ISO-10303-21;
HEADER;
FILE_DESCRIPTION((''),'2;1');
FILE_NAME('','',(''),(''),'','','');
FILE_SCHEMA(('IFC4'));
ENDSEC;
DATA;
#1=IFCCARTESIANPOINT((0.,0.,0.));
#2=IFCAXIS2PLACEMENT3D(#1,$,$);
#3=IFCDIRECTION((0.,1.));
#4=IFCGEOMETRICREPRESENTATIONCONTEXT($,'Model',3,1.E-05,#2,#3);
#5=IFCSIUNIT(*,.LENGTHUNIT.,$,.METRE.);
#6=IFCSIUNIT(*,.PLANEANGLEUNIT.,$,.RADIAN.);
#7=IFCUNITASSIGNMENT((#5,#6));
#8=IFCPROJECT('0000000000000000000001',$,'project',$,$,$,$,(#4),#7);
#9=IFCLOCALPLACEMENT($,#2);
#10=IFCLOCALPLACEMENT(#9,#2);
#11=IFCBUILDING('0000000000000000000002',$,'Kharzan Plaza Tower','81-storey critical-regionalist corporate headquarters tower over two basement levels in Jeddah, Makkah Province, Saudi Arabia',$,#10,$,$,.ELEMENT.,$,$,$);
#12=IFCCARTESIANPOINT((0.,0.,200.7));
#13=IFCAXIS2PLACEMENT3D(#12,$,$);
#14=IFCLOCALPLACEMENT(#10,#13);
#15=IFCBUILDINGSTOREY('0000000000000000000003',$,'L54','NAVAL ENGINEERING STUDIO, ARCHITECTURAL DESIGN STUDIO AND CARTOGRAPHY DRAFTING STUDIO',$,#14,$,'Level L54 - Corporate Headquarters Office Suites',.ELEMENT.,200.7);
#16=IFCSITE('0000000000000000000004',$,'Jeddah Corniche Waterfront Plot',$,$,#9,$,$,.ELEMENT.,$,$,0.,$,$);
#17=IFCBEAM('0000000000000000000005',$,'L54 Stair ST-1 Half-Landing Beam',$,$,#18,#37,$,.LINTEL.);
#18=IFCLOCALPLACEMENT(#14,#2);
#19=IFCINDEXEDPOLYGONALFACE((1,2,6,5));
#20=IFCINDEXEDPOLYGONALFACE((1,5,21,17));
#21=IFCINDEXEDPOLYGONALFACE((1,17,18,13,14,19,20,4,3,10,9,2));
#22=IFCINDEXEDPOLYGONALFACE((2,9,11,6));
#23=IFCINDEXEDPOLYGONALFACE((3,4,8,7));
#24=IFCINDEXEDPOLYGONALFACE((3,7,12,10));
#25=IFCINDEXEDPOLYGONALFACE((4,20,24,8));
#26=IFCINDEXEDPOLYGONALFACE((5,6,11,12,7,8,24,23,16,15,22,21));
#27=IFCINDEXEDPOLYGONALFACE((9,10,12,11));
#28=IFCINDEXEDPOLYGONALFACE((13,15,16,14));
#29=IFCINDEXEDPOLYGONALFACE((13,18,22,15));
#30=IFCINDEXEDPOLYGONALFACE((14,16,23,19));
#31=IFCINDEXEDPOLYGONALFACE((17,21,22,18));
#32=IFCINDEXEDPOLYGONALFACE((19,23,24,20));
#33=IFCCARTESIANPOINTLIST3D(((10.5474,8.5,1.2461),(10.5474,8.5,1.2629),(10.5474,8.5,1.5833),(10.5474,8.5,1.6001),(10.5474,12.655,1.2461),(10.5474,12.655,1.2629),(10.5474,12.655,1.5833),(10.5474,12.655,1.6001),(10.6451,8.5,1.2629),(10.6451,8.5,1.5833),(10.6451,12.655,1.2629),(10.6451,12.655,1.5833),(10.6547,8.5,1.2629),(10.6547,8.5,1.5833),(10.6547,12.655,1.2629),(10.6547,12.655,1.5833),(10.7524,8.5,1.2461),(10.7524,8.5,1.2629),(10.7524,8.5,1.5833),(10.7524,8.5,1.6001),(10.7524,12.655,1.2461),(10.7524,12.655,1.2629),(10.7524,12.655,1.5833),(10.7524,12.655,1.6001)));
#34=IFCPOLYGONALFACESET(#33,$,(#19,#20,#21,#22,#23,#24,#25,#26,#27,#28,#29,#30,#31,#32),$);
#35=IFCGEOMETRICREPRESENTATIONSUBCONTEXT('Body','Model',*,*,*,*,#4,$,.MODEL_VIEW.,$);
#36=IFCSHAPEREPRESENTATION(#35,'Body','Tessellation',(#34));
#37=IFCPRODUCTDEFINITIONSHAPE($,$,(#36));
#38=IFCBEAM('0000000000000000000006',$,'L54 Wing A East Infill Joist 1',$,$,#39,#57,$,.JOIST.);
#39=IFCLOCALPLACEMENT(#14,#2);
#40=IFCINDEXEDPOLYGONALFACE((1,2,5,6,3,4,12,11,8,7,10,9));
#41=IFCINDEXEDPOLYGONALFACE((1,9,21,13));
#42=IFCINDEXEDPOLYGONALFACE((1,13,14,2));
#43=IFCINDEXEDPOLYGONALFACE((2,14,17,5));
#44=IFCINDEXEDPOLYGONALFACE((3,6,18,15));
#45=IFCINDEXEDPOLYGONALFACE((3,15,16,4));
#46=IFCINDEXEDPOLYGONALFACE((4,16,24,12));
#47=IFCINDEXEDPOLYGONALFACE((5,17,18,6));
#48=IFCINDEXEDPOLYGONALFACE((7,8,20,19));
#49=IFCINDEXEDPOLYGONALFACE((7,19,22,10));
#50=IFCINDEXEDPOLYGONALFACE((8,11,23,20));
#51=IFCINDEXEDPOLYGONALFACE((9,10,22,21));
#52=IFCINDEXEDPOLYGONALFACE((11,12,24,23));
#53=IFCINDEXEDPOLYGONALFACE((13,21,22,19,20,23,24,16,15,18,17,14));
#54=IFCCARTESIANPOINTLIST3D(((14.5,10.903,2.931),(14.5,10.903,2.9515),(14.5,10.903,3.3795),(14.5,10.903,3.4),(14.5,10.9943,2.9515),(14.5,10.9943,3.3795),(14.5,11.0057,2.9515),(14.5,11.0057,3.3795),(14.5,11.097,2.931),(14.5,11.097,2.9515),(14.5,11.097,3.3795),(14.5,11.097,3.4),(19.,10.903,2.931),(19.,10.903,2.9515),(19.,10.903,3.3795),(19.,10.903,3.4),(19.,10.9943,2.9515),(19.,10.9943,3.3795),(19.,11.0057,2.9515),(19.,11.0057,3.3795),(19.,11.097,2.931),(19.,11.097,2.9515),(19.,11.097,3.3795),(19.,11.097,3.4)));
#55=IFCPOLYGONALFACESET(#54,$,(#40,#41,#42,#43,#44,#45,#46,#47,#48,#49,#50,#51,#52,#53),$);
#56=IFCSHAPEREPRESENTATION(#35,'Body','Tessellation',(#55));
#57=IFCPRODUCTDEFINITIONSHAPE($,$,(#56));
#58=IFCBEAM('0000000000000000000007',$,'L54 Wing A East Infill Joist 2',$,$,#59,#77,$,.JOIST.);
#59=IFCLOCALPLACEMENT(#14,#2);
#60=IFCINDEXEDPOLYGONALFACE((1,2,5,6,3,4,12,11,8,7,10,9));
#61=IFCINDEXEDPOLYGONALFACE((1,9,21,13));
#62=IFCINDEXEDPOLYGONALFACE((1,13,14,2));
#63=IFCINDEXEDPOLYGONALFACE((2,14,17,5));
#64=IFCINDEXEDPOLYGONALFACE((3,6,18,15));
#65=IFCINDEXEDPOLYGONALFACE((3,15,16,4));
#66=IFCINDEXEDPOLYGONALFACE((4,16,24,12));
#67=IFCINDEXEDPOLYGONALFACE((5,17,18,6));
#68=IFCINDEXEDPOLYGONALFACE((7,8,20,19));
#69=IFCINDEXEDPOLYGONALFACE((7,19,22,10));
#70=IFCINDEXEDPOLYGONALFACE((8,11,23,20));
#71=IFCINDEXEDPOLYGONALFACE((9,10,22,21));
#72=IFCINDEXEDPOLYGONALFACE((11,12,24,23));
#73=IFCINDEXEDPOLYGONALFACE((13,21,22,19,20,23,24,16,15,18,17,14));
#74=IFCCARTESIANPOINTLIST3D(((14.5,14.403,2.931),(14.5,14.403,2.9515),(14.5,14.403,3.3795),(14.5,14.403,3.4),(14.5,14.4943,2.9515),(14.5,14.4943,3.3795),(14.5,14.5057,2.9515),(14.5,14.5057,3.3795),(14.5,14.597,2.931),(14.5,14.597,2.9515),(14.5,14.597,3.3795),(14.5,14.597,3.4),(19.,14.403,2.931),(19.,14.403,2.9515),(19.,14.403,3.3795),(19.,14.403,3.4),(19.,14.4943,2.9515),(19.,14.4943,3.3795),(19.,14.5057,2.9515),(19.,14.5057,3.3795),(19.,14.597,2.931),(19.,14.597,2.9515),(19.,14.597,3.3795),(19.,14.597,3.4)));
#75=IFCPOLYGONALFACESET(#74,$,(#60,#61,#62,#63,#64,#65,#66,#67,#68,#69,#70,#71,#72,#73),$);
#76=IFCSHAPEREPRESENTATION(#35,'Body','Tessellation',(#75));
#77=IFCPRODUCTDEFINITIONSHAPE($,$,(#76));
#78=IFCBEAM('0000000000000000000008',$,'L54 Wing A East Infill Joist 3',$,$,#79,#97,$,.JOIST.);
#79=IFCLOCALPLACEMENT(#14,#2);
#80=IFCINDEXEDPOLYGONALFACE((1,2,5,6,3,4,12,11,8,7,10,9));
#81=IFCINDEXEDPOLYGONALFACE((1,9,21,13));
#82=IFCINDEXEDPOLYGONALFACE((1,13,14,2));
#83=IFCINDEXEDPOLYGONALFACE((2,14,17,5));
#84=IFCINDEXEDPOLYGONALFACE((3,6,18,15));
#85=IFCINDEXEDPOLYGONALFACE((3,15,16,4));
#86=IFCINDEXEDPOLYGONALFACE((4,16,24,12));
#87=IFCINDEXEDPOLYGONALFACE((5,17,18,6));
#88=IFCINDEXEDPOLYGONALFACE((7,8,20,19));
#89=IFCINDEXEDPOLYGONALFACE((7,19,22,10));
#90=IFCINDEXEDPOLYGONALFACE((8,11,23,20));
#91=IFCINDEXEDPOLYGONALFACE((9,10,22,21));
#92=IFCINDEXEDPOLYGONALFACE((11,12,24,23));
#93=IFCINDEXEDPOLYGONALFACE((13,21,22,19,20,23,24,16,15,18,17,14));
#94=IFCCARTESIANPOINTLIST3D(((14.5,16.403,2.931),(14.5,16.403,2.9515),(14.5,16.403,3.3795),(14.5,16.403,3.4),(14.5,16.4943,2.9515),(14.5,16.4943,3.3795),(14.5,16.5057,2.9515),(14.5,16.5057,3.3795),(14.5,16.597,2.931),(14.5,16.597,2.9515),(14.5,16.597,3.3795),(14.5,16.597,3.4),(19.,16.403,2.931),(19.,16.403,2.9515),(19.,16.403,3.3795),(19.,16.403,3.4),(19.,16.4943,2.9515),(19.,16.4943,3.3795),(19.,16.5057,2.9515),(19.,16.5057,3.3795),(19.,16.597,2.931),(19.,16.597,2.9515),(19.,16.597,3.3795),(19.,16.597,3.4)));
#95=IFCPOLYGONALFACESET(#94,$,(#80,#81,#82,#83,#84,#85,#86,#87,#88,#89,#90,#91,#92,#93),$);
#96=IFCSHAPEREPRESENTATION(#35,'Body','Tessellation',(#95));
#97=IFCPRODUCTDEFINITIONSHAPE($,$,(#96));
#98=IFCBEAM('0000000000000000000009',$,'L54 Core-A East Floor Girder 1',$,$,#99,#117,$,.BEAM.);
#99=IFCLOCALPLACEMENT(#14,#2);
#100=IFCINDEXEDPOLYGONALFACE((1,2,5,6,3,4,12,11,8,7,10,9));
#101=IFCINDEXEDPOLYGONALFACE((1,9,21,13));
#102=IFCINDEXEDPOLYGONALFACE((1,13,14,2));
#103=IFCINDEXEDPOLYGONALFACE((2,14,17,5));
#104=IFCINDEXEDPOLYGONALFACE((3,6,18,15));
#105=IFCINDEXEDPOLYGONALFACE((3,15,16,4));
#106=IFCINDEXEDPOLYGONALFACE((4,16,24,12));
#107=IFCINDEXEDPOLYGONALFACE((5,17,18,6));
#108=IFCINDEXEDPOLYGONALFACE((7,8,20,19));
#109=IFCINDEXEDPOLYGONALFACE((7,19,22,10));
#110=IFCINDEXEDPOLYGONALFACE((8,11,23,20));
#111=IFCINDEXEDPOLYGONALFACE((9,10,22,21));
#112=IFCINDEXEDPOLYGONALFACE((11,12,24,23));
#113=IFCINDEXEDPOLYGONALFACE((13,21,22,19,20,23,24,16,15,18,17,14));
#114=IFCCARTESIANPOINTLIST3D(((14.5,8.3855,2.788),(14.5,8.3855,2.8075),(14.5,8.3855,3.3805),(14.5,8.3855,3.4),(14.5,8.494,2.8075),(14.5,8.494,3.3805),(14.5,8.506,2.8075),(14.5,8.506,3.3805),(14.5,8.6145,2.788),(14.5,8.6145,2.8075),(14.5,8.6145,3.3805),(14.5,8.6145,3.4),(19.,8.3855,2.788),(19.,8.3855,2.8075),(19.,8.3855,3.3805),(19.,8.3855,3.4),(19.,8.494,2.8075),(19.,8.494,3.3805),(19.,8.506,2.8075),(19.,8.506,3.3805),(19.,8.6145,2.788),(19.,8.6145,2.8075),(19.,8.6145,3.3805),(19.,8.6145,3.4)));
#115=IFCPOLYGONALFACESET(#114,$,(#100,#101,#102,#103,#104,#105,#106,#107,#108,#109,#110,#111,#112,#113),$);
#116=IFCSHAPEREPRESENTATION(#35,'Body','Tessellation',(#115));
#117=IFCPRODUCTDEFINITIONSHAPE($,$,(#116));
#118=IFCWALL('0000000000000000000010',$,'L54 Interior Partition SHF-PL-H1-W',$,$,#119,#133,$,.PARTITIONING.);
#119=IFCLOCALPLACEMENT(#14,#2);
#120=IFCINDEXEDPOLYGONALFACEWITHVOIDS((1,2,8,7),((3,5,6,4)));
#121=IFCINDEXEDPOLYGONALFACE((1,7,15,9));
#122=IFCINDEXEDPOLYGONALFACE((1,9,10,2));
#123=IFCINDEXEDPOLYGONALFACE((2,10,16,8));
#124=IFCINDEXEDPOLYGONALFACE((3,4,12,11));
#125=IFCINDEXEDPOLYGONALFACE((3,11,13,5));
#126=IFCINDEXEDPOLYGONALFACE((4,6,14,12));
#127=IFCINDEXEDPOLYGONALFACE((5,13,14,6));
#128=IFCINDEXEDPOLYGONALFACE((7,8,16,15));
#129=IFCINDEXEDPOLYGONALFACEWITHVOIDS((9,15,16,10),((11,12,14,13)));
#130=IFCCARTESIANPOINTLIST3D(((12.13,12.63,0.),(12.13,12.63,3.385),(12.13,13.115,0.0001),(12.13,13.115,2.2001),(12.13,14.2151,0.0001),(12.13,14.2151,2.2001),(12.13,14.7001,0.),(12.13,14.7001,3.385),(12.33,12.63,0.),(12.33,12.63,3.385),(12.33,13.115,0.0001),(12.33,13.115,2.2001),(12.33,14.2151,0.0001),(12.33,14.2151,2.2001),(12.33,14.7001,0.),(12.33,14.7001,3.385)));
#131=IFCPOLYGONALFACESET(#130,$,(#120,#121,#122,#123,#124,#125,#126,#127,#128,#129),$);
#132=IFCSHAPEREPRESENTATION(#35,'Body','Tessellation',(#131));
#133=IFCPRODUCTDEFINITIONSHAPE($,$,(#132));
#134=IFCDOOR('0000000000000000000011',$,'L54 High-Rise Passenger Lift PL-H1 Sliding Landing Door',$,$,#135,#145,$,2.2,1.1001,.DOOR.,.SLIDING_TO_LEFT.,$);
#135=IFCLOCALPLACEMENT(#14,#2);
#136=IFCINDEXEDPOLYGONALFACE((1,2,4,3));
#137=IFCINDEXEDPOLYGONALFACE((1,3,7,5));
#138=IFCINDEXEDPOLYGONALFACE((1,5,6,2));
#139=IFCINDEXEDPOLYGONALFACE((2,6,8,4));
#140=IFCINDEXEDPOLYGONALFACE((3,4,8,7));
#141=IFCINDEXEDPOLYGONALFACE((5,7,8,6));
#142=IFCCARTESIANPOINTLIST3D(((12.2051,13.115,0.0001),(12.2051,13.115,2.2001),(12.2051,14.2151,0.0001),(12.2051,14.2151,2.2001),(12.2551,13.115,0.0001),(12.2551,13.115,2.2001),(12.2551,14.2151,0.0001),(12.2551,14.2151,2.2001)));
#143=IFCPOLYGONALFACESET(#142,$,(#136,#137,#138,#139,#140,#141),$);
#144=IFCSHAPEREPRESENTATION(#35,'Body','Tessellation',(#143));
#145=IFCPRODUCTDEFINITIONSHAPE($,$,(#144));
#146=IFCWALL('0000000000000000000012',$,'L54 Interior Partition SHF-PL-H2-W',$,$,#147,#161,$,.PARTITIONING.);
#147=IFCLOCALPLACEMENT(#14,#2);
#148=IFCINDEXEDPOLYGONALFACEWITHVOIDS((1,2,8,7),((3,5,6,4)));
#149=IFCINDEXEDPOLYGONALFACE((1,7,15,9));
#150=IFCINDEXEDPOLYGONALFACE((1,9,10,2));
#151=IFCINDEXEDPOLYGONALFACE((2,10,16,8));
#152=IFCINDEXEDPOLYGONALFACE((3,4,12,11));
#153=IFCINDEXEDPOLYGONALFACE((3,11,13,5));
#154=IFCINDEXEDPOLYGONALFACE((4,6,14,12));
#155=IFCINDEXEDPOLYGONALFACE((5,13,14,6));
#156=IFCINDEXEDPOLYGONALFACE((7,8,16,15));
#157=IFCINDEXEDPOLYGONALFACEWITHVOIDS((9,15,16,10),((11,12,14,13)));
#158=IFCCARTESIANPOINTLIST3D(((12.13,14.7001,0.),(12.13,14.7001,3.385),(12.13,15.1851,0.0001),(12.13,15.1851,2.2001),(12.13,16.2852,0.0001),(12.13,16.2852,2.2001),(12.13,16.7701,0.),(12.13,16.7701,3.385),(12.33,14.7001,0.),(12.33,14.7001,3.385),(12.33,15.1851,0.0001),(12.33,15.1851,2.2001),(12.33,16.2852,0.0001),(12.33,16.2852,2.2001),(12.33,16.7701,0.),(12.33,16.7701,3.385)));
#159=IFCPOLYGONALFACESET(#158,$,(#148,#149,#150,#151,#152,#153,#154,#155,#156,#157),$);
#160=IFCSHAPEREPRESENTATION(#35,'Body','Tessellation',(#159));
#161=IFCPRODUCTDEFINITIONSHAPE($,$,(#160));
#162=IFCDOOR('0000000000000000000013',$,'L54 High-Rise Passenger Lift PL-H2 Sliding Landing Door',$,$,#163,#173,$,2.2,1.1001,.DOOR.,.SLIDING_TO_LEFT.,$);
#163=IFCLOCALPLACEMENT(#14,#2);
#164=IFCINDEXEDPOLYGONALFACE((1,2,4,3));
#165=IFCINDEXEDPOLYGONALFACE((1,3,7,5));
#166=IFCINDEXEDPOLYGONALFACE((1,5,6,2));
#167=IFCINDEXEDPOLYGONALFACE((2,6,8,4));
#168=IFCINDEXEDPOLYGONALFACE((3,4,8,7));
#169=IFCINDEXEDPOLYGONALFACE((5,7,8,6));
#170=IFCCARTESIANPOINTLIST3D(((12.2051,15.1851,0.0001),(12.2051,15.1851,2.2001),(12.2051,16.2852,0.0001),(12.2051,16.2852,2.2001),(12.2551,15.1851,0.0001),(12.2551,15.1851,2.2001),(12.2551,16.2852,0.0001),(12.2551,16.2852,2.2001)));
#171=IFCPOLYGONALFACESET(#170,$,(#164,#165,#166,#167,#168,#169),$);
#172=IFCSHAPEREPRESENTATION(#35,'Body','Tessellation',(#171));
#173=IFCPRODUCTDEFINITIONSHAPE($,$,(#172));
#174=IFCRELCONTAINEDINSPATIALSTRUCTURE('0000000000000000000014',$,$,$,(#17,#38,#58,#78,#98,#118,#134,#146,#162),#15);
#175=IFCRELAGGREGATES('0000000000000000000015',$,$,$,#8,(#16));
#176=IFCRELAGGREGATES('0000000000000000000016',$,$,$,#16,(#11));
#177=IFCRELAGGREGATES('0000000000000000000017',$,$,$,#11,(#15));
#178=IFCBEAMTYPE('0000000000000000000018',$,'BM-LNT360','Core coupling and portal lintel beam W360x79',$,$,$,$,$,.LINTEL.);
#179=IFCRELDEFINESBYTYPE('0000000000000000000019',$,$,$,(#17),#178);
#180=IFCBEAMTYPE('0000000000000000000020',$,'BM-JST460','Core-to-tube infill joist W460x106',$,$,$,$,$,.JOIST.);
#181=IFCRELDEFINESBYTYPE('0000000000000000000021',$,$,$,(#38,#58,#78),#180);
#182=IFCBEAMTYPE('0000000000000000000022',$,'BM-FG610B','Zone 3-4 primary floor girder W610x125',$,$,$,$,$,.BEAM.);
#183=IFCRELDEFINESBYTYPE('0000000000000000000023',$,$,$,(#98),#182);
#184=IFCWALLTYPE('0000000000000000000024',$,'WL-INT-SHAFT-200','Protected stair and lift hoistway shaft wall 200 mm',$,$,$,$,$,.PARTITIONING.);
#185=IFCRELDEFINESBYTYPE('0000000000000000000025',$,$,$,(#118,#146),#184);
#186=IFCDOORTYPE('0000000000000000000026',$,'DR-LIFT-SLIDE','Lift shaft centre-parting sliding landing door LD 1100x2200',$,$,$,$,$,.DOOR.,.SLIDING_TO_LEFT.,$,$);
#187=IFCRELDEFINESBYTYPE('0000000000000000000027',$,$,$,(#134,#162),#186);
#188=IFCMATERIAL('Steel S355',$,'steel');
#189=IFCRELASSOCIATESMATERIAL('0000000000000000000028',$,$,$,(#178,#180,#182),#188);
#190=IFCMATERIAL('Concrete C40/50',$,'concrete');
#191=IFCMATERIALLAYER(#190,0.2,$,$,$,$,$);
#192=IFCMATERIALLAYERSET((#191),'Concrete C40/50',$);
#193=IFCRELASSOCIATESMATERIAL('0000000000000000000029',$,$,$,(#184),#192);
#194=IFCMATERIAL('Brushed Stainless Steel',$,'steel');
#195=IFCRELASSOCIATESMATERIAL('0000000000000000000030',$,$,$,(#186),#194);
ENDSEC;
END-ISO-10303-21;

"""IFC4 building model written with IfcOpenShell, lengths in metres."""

from ifc_helpers import new_model, si_unit, direction, frame, frame_2d, origin, origin_2d, place, context, subcontext, project, spatial, rectangle, i_section, extrude, source, transform, mapped, material, layer, layer_set, material_profile, profile_set, type_object, element, fill, save


model = new_model("IFC4")

# Units and contexts
model_context = context("Model", 3, precision=1e-05, world=origin(), true_north=direction((0.0, 1.0)))
body_context = subcontext(model_context, "Body", "Model", "MODEL_VIEW")
ifc_project = project(units=[si_unit("LENGTHUNIT", "METRE"), si_unit("PLANEANGLEUNIT", "RADIAN")], contexts=[model_context])

# Site, building, storey
site_placement = place(None, origin())
site = spatial("IfcSite", under=ifc_project, at=site_placement, Name="Jeddah Corniche Waterfront Plot", CompositionType="ELEMENT", RefElevation=0.0)
building_placement = place(site_placement, origin())
building = spatial("IfcBuilding", under=site, at=building_placement, Name="Kharzan Plaza Tower", Description="81-storey critical-regionalist corporate headquarters tower over two basement levels in Jeddah, Makkah Province, Saudi Arabia", CompositionType="ELEMENT")
storey_placement = place(building_placement, frame((0.0, 0.0, 200.7)))
storey = spatial("IfcBuildingStorey", under=building, at=storey_placement, Name="L54", Description="NAVAL ENGINEERING STUDIO, ARCHITECTURAL DESIGN STUDIO AND CARTOGRAPHY DRAFTING STUDIO", LongName="Level L54 - Corporate Headquarters Office Suites", CompositionType="ELEMENT", Elevation=200.7)

# Beams
ifc_material_1 = material(Name="Steel S355", Category="steel")
ifc_material_profile_1 = material_profile(ifc_material_1, i_section(OverallWidth=0.2051, OverallDepth=0.354, WebThickness=0.0095, FlangeThickness=0.0168, at=origin_2d()), Name="W360x79")
ifc_profile_set_1 = profile_set([ifc_material_profile_1], Name="Steel S355")
beam_type_1 = type_object("IfcBeamType", Name="BM-LNT360", Description="Core coupling and portal lintel beam W360x79", PredefinedType="LINTEL", material=ifc_profile_set_1)
shared_shape_1 = source(origin(), body_context, "Body", "SweptSolid", [
    extrude(i_section(OverallWidth=0.2051, OverallDepth=0.354, WebThickness=0.0095, FlangeThickness=0.0168, at=origin_2d()), origin(), (0.0, 0.0, 1.0), 4.155),
])
beam_1_placement = place(storey_placement, frame((10.6499, 8.5, 1.4231), z_axis=(0.0, 1.0, 0.0), x_axis=(-1.0, 0.0, 0.0)))
element("IfcBeam", 1, at=beam_1_placement, inside=storey, type_object=beam_type_1, Name="L54 Stair ST-1 Half-Landing Beam", PredefinedType="LINTEL", context=body_context, shape_type="MappedRepresentation", body=[
    mapped(shared_shape_1, transform((0.0, 0.0, 0.0), x_axis=(1.0, 0.0, 0.0), y_axis=(0.0, 1.0, 0.0), z_axis=(0.0, 0.0, 1.0))),
])
ifc_material_profile_2 = material_profile(ifc_material_1, i_section(OverallWidth=0.1941, OverallDepth=0.469, WebThickness=0.0115, FlangeThickness=0.0205, at=origin_2d()), Name="W460x106")
ifc_profile_set_2 = profile_set([ifc_material_profile_2], Name="Steel S355")
beam_type_2 = type_object("IfcBeamType", Name="BM-JST460", Description="Core-to-tube infill joist W460x106", PredefinedType="JOIST", material=ifc_profile_set_2)
shared_shape_2 = source(origin(), body_context, "Body", "SweptSolid", [
    extrude(i_section(OverallWidth=0.1941, OverallDepth=0.469, WebThickness=0.0115, FlangeThickness=0.0205, at=origin_2d()), origin(), (0.0, 0.0, 1.0), 4.5),
])
for number, where, z_axis, x_axis, name in (
    (2, (14.5, 11.0, 3.1655), (1.0, 0.0, 0.0), (0.0, 1.0, 0.0), "L54 Wing A East Infill Joist 1"),
    (3, (14.5, 14.5, 3.1655), (1.0, 0.0, 0.0), (0.0, 1.0, 0.0), "L54 Wing A East Infill Joist 2"),
    (4, (14.5, 16.5, 3.1655), (1.0, 0.0, 0.0), (0.0, 1.0, 0.0), "L54 Wing A East Infill Joist 3"),
):
    element("IfcBeam", number, at=place(storey_placement, frame(where, z_axis=z_axis, x_axis=x_axis)), inside=storey, type_object=beam_type_2, Name=name, PredefinedType="JOIST", context=body_context, shape_type="MappedRepresentation", body=[
        mapped(shared_shape_2, transform((0.0, 0.0, 0.0), x_axis=(1.0, 0.0, 0.0), y_axis=(0.0, 1.0, 0.0), z_axis=(0.0, 0.0, 1.0))),
    ])
ifc_material_profile_3 = material_profile(ifc_material_1, i_section(OverallWidth=0.229, OverallDepth=0.6121, WebThickness=0.012, FlangeThickness=0.0195, at=origin_2d()), Name="W610x125")
ifc_profile_set_3 = profile_set([ifc_material_profile_3], Name="Steel S355")
beam_type_3 = type_object("IfcBeamType", Name="BM-FG610B", Description="Zone 3-4 primary floor girder W610x125", PredefinedType="BEAM", material=ifc_profile_set_3)
shared_shape_3 = source(origin(), body_context, "Body", "SweptSolid", [
    extrude(i_section(OverallWidth=0.229, OverallDepth=0.6121, WebThickness=0.012, FlangeThickness=0.0195, at=origin_2d()), origin(), (0.0, 0.0, 1.0), 4.5),
])
beam_2_placement = place(storey_placement, frame((14.5, 8.5, 3.094), z_axis=(1.0, 0.0, 0.0), x_axis=(0.0, 1.0, 0.0)))
element("IfcBeam", 5, at=beam_2_placement, inside=storey, type_object=beam_type_3, Name="L54 Core-A East Floor Girder 1", PredefinedType="BEAM", context=body_context, shape_type="MappedRepresentation", body=[
    mapped(shared_shape_3, transform((0.0, 0.0, 0.0), x_axis=(1.0, 0.0, 0.0), y_axis=(0.0, 1.0, 0.0), z_axis=(0.0, 0.0, 1.0))),
])

# Walls, openings, doors
ifc_material_2 = material(Name="Concrete C40/50", Category="concrete")
ifc_layer_1 = layer(ifc_material_2, 0.2)
ifc_layer_set_1 = layer_set([ifc_layer_1], Name="Concrete C40/50")
wall_type_1 = type_object("IfcWallType", Name="WL-INT-SHAFT-200", Description="Protected stair and lift hoistway shaft wall 200 mm", PredefinedType="PARTITIONING", material=ifc_layer_set_1)
wall_1_placement = place(storey_placement, frame((12.23, 12.6299, 0.0), z_axis=(0.0, 0.0, 1.0), x_axis=(0.0, 1.0, 0.0)))
wall_1 = element("IfcWall", 6, at=wall_1_placement, inside=storey, type_object=wall_type_1, Name="L54 Interior Partition SHF-PL-H1-W", PredefinedType="PARTITIONING", context=body_context, shape_type="SweptSolid", body=[
    extrude(rectangle(XDim=2.0701, YDim=0.2, at=frame_2d((1.0352, 0.0))), origin(), (0.0, 0.0, 1.0), 3.385),
])
opening_1_placement = place(wall_1_placement, frame((0.4851, 0.0, 0.0)))
opening_1 = element("IfcOpeningElement", 7, at=opening_1_placement, cuts=wall_1, PredefinedType="OPENING", context=body_context, shape_type="SweptSolid", body=[
    extrude(rectangle(XDim=1.1001, YDim=2.2, at=frame_2d((0.55, 1.1001))), frame((0.0, 0.1099, 0.0), z_axis=(0.0, -1.0, 0.0), x_axis=(1.0, 0.0, 0.0)), (0.0, 0.0, 1.0), 0.22),
])
ifc_material_3 = material(Name="Brushed Stainless Steel", Category="steel")
door_type = type_object("IfcDoorType", Name="DR-LIFT-SLIDE", Description="Lift shaft centre-parting sliding landing door LD 1100x2200", OperationType="SLIDING_TO_LEFT", PredefinedType="DOOR", material=ifc_material_3)
shared_shape_4 = source(origin(), body_context, "Body", "SweptSolid", [
    extrude(rectangle(XDim=1.1001, YDim=2.2, at=frame_2d((0.55, 1.1001))), frame((0.0, 0.0249, 0.0), z_axis=(0.0, -1.0, 0.0), x_axis=(1.0, 0.0, 0.0)), (0.0, 0.0, 1.0), 0.05),
])
door_1_placement = place(opening_1_placement, origin())
door_1 = element("IfcDoor", 8, at=door_1_placement, inside=storey, type_object=door_type, Name="L54 High-Rise Passenger Lift PL-H1 Sliding Landing Door", OperationType="SLIDING_TO_LEFT", OverallHeight=2.2, OverallWidth=1.1001, PredefinedType="DOOR", context=body_context, shape_type="MappedRepresentation", body=[
    mapped(shared_shape_4, transform((0.0, 0.0, 0.0), x_axis=(1.0, 0.0, 0.0), y_axis=(0.0, 1.0, 0.0), z_axis=(0.0, 0.0, 1.0))),
])
fill(opening_1, door_1)
wall_2_placement = place(storey_placement, frame((12.23, 14.7, 0.0), z_axis=(0.0, 0.0, 1.0), x_axis=(0.0, 1.0, 0.0)))
wall_2 = element("IfcWall", 9, at=wall_2_placement, inside=storey, type_object=wall_type_1, Name="L54 Interior Partition SHF-PL-H2-W", PredefinedType="PARTITIONING", context=body_context, shape_type="SweptSolid", body=[
    extrude(rectangle(XDim=2.0701, YDim=0.2, at=frame_2d((1.0352, 0.0))), origin(), (0.0, 0.0, 1.0), 3.385),
])
opening_2_placement = place(wall_2_placement, frame((0.4851, 0.0, 0.0)))
opening_2 = element("IfcOpeningElement", 10, at=opening_2_placement, cuts=wall_2, PredefinedType="OPENING", context=body_context, shape_type="SweptSolid", body=[
    extrude(rectangle(XDim=1.1001, YDim=2.2, at=frame_2d((0.55, 1.1001))), frame((0.0, 0.1099, 0.0), z_axis=(0.0, -1.0, 0.0), x_axis=(1.0, 0.0, 0.0)), (0.0, 0.0, 1.0), 0.22),
])
door_2_placement = place(opening_2_placement, origin())
door_2 = element("IfcDoor", 11, at=door_2_placement, inside=storey, type_object=door_type, Name="L54 High-Rise Passenger Lift PL-H2 Sliding Landing Door", OperationType="SLIDING_TO_LEFT", OverallHeight=2.2, OverallWidth=1.1001, PredefinedType="DOOR", context=body_context, shape_type="MappedRepresentation", body=[
    mapped(shared_shape_4, transform((0.0, 0.0, 0.0), x_axis=(1.0, 0.0, 0.0), y_axis=(0.0, 1.0, 0.0), z_axis=(0.0, 0.0, 1.0))),
])
fill(opening_2, door_2)

save(model, "model.ifc")
